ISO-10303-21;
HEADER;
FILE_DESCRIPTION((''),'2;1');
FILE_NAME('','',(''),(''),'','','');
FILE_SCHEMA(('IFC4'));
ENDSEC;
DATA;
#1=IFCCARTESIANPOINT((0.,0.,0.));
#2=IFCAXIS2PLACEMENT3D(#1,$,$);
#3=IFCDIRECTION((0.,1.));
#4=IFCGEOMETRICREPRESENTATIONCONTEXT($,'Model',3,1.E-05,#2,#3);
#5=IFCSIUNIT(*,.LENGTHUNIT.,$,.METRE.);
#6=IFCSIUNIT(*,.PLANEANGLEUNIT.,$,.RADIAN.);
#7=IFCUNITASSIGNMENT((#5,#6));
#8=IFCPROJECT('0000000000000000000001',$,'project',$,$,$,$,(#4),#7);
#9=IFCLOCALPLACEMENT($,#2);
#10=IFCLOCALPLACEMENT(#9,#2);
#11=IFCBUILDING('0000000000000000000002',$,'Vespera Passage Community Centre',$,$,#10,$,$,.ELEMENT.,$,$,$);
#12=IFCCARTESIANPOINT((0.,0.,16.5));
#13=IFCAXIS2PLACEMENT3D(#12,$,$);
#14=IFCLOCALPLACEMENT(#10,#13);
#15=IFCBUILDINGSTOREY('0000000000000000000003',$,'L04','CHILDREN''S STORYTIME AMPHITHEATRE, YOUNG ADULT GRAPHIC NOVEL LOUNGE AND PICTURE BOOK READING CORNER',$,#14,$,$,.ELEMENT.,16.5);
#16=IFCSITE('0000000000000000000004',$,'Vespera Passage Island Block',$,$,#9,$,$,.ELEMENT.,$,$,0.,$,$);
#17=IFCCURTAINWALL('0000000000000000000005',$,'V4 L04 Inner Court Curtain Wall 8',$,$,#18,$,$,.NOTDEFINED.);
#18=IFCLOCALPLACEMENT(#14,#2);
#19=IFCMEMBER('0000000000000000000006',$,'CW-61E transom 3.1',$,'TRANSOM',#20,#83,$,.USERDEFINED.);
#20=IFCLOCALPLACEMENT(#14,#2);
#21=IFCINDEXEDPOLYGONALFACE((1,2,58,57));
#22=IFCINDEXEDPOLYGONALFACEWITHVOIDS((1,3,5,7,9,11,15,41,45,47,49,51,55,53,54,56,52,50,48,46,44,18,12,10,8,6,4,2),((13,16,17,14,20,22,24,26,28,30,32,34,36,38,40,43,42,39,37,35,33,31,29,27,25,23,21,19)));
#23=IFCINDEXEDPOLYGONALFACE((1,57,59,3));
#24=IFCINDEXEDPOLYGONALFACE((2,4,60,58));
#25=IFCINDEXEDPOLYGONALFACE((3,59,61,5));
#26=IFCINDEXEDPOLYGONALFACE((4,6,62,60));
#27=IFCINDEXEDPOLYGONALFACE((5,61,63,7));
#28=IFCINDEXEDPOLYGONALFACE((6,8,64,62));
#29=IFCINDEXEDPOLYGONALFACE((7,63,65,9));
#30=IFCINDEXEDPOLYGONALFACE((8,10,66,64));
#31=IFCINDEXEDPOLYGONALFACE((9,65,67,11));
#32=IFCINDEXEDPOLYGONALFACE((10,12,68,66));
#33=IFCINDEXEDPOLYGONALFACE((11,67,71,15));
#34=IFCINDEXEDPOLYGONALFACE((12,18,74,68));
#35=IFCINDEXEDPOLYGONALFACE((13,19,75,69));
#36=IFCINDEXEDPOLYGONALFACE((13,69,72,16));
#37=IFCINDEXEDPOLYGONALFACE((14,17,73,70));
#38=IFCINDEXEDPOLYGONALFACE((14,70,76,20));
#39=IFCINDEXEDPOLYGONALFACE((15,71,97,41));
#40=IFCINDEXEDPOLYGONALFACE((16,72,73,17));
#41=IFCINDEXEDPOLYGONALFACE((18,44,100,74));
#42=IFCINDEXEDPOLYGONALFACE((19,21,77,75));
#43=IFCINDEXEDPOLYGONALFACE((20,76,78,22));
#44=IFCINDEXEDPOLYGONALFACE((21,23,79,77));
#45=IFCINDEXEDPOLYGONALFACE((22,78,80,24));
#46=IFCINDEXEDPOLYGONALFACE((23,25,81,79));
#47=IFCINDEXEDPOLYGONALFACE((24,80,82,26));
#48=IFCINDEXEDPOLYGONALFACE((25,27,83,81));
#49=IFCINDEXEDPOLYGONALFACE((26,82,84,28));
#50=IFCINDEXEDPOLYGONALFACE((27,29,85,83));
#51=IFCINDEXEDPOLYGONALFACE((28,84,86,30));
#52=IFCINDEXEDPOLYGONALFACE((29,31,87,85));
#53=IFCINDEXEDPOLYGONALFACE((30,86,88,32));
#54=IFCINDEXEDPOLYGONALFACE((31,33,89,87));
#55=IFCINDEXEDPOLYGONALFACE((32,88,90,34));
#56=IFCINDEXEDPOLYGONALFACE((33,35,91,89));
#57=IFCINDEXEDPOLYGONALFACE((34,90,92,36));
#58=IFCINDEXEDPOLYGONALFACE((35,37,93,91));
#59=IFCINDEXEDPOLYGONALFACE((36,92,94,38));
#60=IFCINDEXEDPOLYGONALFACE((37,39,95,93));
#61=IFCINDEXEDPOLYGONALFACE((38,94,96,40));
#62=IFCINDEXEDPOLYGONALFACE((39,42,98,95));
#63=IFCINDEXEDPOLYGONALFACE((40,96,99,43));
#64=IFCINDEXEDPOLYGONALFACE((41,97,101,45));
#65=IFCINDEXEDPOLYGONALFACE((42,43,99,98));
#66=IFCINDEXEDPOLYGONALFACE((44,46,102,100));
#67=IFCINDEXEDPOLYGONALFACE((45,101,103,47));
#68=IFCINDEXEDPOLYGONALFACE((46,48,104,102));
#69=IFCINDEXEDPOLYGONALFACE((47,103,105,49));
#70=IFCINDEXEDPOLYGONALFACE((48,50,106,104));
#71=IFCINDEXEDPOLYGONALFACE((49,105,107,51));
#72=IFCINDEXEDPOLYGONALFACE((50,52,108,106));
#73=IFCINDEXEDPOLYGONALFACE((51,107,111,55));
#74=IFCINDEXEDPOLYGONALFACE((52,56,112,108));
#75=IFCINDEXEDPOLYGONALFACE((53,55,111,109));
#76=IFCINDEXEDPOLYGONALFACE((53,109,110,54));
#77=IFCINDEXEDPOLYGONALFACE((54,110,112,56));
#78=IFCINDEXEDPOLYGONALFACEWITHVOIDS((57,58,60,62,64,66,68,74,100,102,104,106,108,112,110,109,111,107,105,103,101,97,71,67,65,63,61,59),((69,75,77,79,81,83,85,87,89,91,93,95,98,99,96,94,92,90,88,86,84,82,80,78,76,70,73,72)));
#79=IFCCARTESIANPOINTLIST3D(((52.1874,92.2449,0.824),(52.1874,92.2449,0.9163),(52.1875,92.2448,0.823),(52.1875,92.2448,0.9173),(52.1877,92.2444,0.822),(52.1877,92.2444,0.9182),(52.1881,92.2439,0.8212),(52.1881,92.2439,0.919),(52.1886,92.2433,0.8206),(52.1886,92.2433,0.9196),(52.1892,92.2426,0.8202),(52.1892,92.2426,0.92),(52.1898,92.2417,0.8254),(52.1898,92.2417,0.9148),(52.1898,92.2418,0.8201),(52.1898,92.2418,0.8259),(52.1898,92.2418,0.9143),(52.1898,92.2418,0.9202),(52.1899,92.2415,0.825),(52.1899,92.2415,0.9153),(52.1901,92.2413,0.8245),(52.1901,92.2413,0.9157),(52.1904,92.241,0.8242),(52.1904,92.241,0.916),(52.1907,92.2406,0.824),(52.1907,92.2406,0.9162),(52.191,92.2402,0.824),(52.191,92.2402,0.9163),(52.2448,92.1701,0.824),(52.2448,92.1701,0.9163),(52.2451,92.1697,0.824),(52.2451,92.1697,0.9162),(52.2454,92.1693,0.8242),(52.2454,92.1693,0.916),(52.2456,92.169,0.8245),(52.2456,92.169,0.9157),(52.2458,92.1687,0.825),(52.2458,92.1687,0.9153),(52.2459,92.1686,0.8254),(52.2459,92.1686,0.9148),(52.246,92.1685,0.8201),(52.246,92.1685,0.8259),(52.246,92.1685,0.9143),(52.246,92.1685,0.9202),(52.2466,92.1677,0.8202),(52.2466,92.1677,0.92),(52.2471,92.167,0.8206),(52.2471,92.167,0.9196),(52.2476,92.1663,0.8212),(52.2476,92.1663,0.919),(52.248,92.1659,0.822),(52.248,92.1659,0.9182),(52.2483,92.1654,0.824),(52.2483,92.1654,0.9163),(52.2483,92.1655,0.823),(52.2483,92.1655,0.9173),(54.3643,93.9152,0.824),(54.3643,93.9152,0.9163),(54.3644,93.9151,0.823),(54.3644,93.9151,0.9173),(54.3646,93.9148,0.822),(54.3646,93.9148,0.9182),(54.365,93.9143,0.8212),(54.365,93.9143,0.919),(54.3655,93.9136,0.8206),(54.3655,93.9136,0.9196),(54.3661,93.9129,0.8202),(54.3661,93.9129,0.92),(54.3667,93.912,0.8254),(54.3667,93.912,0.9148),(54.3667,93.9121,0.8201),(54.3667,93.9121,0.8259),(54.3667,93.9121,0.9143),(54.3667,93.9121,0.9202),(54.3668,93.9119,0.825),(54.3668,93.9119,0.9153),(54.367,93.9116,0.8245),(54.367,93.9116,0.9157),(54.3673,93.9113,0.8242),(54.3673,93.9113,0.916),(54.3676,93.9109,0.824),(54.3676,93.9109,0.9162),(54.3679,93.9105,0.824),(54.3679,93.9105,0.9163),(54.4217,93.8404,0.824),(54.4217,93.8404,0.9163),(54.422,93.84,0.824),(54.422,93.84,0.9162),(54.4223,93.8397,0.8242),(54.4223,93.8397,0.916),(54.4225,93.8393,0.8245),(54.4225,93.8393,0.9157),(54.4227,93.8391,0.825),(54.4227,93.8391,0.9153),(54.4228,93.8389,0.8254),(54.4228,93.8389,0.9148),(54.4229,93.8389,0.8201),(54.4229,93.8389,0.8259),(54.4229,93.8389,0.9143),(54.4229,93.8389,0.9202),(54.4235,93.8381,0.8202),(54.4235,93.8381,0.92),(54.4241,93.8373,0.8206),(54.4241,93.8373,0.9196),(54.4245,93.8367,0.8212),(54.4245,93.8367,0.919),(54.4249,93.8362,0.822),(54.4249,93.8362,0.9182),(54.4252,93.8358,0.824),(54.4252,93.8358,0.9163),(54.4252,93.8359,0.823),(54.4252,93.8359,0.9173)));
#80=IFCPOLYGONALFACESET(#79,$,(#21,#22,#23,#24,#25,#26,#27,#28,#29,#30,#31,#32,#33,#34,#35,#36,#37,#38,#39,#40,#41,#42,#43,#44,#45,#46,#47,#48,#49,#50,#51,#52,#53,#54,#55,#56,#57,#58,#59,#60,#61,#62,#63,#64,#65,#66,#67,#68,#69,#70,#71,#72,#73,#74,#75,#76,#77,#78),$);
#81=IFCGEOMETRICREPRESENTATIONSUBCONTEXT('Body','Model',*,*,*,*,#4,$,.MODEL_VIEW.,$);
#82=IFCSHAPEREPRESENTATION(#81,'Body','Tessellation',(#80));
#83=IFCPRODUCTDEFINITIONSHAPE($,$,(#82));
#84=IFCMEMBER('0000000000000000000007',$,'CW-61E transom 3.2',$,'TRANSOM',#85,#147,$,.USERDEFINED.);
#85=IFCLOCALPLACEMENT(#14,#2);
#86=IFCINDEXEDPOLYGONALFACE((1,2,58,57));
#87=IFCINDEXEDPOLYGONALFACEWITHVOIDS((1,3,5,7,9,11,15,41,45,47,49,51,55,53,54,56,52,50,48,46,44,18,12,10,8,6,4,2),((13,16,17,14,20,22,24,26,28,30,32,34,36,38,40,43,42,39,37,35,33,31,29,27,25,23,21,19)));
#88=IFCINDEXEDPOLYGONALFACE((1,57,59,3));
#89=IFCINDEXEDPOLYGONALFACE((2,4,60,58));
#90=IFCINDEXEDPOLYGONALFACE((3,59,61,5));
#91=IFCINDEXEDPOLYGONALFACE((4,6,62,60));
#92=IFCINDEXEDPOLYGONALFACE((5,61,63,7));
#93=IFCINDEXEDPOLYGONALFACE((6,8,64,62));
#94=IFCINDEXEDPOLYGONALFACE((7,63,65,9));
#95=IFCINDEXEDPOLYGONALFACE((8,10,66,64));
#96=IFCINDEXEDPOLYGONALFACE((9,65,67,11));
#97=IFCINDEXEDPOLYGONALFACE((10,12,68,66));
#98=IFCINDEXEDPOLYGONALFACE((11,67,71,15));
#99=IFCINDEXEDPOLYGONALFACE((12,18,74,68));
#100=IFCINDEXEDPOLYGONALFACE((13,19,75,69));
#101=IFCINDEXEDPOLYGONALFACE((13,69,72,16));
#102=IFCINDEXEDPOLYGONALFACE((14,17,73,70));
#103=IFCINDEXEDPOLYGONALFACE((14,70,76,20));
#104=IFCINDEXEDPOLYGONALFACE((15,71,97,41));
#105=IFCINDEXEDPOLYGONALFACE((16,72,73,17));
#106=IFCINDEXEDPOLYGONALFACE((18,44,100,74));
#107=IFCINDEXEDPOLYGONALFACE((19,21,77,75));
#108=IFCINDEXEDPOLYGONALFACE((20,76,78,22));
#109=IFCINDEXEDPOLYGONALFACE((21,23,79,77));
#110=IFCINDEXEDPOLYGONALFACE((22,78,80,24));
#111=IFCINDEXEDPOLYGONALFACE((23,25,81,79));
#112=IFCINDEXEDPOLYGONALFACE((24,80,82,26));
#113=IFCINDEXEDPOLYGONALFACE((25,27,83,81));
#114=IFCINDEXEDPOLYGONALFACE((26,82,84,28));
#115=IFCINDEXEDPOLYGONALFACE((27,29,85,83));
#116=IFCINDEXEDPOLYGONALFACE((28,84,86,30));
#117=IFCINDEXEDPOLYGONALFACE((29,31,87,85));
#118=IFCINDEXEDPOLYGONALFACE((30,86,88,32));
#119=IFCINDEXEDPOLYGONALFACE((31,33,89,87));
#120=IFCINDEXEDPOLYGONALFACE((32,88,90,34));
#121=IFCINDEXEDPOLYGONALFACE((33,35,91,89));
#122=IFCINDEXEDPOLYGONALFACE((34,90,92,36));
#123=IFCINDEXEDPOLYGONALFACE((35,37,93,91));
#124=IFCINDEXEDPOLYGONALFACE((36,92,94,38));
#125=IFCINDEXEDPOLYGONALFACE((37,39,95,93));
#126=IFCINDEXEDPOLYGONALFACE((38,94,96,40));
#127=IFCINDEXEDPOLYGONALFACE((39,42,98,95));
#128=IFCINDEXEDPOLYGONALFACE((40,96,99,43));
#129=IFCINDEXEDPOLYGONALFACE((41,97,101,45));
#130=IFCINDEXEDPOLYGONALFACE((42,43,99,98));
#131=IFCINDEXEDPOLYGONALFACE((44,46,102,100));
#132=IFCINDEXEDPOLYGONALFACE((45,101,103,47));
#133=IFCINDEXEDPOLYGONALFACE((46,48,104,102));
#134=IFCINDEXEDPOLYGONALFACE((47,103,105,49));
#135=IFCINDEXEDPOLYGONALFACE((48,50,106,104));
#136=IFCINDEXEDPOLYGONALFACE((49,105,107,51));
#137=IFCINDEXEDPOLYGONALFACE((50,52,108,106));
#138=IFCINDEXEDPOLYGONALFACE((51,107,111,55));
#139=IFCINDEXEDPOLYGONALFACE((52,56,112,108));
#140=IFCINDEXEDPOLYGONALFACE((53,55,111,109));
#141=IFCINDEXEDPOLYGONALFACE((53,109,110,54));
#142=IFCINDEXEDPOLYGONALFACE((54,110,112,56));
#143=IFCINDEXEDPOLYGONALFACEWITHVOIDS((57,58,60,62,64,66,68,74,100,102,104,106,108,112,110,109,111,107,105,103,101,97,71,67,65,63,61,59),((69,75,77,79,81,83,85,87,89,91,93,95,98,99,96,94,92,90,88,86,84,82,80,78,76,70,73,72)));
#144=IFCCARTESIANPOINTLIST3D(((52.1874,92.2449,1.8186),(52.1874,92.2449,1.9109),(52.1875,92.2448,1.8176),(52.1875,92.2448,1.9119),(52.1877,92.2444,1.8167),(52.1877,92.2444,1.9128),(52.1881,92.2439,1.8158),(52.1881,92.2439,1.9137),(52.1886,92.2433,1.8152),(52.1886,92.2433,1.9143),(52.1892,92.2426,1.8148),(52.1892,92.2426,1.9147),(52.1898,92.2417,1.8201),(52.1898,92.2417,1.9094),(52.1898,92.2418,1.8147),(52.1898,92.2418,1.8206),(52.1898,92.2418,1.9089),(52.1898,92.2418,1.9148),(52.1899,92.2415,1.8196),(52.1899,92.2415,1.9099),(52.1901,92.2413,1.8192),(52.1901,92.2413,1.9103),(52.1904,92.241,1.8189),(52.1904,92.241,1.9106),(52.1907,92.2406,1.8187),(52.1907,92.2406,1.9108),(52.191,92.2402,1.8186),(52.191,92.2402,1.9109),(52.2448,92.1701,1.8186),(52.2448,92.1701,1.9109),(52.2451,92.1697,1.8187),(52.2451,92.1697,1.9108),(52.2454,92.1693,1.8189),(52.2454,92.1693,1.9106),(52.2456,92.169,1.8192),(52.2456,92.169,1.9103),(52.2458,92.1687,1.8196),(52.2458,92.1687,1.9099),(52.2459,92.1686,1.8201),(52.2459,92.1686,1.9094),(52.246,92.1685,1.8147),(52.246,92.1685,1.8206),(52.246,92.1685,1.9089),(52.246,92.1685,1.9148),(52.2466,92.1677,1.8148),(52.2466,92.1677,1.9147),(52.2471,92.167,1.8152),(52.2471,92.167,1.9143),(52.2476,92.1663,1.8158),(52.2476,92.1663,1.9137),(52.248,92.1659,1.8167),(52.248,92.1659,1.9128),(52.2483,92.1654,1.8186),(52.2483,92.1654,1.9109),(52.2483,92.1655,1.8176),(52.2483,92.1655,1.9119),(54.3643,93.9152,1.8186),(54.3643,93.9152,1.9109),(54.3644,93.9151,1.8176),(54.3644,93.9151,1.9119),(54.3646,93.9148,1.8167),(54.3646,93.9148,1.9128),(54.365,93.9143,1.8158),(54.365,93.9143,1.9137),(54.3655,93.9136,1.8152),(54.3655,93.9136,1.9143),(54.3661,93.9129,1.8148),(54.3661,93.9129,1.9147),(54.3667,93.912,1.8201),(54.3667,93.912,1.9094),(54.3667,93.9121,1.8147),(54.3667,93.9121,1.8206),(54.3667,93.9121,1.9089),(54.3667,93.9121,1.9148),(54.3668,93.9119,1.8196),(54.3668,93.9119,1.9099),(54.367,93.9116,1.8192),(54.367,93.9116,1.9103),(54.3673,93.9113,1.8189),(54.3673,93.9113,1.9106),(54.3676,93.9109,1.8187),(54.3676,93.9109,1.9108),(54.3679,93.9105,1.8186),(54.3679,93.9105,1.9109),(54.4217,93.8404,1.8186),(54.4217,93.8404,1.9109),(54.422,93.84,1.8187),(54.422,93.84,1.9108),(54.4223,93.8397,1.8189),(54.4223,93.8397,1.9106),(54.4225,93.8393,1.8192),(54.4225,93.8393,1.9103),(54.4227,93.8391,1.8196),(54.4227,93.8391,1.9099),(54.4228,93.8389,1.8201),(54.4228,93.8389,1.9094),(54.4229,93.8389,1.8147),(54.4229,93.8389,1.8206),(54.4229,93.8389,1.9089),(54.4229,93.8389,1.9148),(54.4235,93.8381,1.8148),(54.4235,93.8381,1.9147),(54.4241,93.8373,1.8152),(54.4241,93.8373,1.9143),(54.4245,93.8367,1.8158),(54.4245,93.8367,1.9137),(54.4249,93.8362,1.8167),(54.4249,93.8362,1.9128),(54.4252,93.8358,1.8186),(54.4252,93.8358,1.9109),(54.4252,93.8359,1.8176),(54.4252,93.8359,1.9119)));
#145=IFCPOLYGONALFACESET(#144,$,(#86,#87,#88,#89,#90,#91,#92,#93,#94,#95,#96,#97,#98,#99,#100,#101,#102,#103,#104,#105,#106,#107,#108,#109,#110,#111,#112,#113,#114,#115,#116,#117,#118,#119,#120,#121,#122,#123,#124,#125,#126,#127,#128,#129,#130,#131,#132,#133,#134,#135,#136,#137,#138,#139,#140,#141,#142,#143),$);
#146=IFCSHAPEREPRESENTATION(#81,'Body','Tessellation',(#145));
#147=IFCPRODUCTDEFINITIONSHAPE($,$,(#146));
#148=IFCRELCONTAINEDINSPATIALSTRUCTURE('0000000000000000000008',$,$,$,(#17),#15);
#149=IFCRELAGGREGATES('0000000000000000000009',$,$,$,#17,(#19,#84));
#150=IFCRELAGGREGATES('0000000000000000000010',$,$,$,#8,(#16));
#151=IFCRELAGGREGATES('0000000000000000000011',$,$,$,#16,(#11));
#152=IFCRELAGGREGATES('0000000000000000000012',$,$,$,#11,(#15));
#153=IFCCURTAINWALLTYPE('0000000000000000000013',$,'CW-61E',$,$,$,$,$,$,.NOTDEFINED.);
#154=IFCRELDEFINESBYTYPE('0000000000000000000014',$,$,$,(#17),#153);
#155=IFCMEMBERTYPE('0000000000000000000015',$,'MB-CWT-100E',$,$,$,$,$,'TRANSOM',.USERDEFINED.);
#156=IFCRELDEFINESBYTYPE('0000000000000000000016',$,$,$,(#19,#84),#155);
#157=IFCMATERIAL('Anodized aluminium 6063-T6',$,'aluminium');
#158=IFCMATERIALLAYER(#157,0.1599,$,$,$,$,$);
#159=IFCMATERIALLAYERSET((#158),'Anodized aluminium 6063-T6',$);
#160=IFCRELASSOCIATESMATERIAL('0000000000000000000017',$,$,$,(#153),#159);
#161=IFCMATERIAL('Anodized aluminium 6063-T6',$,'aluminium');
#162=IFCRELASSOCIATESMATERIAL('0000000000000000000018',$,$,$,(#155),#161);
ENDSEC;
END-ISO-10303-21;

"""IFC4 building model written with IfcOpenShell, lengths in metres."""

from ifc_helpers import new_model, si_unit, direction, frame, origin, origin_2d, place, context, subcontext, project, spatial, hollow_rectangle, extrude, material, layer, layer_set, material_profile, profile_set, type_object, element, aggregate, save


model = new_model("IFC4")

# Units and contexts
model_context = context("Model", 3, precision=1e-05, world=origin(), true_north=direction((0.0, 1.0)))
body_context = subcontext(model_context, "Body", "Model", "MODEL_VIEW")
ifc_project = project(units=[si_unit("LENGTHUNIT", "METRE"), si_unit("PLANEANGLEUNIT", "RADIAN")], contexts=[model_context])

# Site, building, storey
site_placement = place(None, origin())
site = spatial("IfcSite", under=ifc_project, at=site_placement, Name="Vespera Passage Island Block", CompositionType="ELEMENT", RefElevation=0.0)
building_placement = place(site_placement, origin())
building = spatial("IfcBuilding", under=site, at=building_placement, Name="Vespera Passage Community Centre", CompositionType="ELEMENT")
storey_placement = place(building_placement, frame((0.0, 0.0, 16.5)))
storey = spatial("IfcBuildingStorey", under=building, at=storey_placement, Name="L04", Description="CHILDREN'S STORYTIME AMPHITHEATRE, YOUNG ADULT GRAPHIC NOVEL LOUNGE AND PICTURE BOOK READING CORNER", CompositionType="ELEMENT", Elevation=16.5)

# Curtain wall
ifc_material_1 = material(Name="Anodized aluminium 6063-T6", Category="aluminium")
ifc_layer_1 = layer(ifc_material_1, 0.1599)
ifc_layer_set_1 = layer_set([ifc_layer_1], Name="Anodized aluminium 6063-T6")
curtain_wall_type_1 = type_object("IfcCurtainWallType", Name="CW-61E", PredefinedType="NOTDEFINED", material=ifc_layer_set_1)
curtain_wall_1_placement = place(storey_placement, origin())
curtain_wall_1 = element("IfcCurtainWall", 1, at=curtain_wall_1_placement, inside=storey, type_object=curtain_wall_type_1, Name="V4 L04 Inner Court Curtain Wall 8", PredefinedType="NOTDEFINED")

# Members
ifc_material_2 = material(Name="Anodized aluminium 6063-T6", Category="aluminium")
ifc_material_profile_1 = material_profile(ifc_material_2, hollow_rectangle(XDim=0.1001, YDim=0.1001, WallThickness=0.0039, InnerFilletRadius=0.002, OuterFilletRadius=0.0039, at=origin_2d()), Name="ALU100X100X4")
ifc_profile_set_1 = profile_set([ifc_material_profile_1], Name="Anodized aluminium 6063-T6")
member_type_1 = type_object("IfcMemberType", Name="MB-CWT-100E", ElementType="TRANSOM", PredefinedType="USERDEFINED", material=ifc_profile_set_1)
member_1_placement = place(storey_placement, frame((54.3948, 93.8755, 0.8701), z_axis=(-0.793364, -0.608747, 0.0), x_axis=(0.608747, -0.793364, 0.0)))
member_1 = element("IfcMember", 2, at=member_1_placement, type_object=member_type_1, Name="CW-61E transom 3.1", ObjectType="TRANSOM", PredefinedType="USERDEFINED", context=body_context, shape_type="SweptSolid", body=[
    extrude(hollow_rectangle(XDim=0.1001, YDim=0.1001, WallThickness=0.0039, InnerFilletRadius=0.002, OuterFilletRadius=0.0039, at=origin_2d()), origin(), (0.0, 0.0, 1.0), 2.7439),
])
member_2_placement = place(storey_placement, frame((54.3948, 93.8755, 1.8647), z_axis=(-0.793364, -0.608747, 0.0), x_axis=(0.608747, -0.793364, 0.0)))
member_2 = element("IfcMember", 3, at=member_2_placement, type_object=member_type_1, Name="CW-61E transom 3.2", ObjectType="TRANSOM", PredefinedType="USERDEFINED", context=body_context, shape_type="SweptSolid", body=[
    extrude(hollow_rectangle(XDim=0.1001, YDim=0.1001, WallThickness=0.0039, InnerFilletRadius=0.002, OuterFilletRadius=0.0039, at=origin_2d()), origin(), (0.0, 0.0, 1.0), 2.7439),
])

aggregate(curtain_wall_1, [member_1, member_2])

save(model, "model.ifc")
